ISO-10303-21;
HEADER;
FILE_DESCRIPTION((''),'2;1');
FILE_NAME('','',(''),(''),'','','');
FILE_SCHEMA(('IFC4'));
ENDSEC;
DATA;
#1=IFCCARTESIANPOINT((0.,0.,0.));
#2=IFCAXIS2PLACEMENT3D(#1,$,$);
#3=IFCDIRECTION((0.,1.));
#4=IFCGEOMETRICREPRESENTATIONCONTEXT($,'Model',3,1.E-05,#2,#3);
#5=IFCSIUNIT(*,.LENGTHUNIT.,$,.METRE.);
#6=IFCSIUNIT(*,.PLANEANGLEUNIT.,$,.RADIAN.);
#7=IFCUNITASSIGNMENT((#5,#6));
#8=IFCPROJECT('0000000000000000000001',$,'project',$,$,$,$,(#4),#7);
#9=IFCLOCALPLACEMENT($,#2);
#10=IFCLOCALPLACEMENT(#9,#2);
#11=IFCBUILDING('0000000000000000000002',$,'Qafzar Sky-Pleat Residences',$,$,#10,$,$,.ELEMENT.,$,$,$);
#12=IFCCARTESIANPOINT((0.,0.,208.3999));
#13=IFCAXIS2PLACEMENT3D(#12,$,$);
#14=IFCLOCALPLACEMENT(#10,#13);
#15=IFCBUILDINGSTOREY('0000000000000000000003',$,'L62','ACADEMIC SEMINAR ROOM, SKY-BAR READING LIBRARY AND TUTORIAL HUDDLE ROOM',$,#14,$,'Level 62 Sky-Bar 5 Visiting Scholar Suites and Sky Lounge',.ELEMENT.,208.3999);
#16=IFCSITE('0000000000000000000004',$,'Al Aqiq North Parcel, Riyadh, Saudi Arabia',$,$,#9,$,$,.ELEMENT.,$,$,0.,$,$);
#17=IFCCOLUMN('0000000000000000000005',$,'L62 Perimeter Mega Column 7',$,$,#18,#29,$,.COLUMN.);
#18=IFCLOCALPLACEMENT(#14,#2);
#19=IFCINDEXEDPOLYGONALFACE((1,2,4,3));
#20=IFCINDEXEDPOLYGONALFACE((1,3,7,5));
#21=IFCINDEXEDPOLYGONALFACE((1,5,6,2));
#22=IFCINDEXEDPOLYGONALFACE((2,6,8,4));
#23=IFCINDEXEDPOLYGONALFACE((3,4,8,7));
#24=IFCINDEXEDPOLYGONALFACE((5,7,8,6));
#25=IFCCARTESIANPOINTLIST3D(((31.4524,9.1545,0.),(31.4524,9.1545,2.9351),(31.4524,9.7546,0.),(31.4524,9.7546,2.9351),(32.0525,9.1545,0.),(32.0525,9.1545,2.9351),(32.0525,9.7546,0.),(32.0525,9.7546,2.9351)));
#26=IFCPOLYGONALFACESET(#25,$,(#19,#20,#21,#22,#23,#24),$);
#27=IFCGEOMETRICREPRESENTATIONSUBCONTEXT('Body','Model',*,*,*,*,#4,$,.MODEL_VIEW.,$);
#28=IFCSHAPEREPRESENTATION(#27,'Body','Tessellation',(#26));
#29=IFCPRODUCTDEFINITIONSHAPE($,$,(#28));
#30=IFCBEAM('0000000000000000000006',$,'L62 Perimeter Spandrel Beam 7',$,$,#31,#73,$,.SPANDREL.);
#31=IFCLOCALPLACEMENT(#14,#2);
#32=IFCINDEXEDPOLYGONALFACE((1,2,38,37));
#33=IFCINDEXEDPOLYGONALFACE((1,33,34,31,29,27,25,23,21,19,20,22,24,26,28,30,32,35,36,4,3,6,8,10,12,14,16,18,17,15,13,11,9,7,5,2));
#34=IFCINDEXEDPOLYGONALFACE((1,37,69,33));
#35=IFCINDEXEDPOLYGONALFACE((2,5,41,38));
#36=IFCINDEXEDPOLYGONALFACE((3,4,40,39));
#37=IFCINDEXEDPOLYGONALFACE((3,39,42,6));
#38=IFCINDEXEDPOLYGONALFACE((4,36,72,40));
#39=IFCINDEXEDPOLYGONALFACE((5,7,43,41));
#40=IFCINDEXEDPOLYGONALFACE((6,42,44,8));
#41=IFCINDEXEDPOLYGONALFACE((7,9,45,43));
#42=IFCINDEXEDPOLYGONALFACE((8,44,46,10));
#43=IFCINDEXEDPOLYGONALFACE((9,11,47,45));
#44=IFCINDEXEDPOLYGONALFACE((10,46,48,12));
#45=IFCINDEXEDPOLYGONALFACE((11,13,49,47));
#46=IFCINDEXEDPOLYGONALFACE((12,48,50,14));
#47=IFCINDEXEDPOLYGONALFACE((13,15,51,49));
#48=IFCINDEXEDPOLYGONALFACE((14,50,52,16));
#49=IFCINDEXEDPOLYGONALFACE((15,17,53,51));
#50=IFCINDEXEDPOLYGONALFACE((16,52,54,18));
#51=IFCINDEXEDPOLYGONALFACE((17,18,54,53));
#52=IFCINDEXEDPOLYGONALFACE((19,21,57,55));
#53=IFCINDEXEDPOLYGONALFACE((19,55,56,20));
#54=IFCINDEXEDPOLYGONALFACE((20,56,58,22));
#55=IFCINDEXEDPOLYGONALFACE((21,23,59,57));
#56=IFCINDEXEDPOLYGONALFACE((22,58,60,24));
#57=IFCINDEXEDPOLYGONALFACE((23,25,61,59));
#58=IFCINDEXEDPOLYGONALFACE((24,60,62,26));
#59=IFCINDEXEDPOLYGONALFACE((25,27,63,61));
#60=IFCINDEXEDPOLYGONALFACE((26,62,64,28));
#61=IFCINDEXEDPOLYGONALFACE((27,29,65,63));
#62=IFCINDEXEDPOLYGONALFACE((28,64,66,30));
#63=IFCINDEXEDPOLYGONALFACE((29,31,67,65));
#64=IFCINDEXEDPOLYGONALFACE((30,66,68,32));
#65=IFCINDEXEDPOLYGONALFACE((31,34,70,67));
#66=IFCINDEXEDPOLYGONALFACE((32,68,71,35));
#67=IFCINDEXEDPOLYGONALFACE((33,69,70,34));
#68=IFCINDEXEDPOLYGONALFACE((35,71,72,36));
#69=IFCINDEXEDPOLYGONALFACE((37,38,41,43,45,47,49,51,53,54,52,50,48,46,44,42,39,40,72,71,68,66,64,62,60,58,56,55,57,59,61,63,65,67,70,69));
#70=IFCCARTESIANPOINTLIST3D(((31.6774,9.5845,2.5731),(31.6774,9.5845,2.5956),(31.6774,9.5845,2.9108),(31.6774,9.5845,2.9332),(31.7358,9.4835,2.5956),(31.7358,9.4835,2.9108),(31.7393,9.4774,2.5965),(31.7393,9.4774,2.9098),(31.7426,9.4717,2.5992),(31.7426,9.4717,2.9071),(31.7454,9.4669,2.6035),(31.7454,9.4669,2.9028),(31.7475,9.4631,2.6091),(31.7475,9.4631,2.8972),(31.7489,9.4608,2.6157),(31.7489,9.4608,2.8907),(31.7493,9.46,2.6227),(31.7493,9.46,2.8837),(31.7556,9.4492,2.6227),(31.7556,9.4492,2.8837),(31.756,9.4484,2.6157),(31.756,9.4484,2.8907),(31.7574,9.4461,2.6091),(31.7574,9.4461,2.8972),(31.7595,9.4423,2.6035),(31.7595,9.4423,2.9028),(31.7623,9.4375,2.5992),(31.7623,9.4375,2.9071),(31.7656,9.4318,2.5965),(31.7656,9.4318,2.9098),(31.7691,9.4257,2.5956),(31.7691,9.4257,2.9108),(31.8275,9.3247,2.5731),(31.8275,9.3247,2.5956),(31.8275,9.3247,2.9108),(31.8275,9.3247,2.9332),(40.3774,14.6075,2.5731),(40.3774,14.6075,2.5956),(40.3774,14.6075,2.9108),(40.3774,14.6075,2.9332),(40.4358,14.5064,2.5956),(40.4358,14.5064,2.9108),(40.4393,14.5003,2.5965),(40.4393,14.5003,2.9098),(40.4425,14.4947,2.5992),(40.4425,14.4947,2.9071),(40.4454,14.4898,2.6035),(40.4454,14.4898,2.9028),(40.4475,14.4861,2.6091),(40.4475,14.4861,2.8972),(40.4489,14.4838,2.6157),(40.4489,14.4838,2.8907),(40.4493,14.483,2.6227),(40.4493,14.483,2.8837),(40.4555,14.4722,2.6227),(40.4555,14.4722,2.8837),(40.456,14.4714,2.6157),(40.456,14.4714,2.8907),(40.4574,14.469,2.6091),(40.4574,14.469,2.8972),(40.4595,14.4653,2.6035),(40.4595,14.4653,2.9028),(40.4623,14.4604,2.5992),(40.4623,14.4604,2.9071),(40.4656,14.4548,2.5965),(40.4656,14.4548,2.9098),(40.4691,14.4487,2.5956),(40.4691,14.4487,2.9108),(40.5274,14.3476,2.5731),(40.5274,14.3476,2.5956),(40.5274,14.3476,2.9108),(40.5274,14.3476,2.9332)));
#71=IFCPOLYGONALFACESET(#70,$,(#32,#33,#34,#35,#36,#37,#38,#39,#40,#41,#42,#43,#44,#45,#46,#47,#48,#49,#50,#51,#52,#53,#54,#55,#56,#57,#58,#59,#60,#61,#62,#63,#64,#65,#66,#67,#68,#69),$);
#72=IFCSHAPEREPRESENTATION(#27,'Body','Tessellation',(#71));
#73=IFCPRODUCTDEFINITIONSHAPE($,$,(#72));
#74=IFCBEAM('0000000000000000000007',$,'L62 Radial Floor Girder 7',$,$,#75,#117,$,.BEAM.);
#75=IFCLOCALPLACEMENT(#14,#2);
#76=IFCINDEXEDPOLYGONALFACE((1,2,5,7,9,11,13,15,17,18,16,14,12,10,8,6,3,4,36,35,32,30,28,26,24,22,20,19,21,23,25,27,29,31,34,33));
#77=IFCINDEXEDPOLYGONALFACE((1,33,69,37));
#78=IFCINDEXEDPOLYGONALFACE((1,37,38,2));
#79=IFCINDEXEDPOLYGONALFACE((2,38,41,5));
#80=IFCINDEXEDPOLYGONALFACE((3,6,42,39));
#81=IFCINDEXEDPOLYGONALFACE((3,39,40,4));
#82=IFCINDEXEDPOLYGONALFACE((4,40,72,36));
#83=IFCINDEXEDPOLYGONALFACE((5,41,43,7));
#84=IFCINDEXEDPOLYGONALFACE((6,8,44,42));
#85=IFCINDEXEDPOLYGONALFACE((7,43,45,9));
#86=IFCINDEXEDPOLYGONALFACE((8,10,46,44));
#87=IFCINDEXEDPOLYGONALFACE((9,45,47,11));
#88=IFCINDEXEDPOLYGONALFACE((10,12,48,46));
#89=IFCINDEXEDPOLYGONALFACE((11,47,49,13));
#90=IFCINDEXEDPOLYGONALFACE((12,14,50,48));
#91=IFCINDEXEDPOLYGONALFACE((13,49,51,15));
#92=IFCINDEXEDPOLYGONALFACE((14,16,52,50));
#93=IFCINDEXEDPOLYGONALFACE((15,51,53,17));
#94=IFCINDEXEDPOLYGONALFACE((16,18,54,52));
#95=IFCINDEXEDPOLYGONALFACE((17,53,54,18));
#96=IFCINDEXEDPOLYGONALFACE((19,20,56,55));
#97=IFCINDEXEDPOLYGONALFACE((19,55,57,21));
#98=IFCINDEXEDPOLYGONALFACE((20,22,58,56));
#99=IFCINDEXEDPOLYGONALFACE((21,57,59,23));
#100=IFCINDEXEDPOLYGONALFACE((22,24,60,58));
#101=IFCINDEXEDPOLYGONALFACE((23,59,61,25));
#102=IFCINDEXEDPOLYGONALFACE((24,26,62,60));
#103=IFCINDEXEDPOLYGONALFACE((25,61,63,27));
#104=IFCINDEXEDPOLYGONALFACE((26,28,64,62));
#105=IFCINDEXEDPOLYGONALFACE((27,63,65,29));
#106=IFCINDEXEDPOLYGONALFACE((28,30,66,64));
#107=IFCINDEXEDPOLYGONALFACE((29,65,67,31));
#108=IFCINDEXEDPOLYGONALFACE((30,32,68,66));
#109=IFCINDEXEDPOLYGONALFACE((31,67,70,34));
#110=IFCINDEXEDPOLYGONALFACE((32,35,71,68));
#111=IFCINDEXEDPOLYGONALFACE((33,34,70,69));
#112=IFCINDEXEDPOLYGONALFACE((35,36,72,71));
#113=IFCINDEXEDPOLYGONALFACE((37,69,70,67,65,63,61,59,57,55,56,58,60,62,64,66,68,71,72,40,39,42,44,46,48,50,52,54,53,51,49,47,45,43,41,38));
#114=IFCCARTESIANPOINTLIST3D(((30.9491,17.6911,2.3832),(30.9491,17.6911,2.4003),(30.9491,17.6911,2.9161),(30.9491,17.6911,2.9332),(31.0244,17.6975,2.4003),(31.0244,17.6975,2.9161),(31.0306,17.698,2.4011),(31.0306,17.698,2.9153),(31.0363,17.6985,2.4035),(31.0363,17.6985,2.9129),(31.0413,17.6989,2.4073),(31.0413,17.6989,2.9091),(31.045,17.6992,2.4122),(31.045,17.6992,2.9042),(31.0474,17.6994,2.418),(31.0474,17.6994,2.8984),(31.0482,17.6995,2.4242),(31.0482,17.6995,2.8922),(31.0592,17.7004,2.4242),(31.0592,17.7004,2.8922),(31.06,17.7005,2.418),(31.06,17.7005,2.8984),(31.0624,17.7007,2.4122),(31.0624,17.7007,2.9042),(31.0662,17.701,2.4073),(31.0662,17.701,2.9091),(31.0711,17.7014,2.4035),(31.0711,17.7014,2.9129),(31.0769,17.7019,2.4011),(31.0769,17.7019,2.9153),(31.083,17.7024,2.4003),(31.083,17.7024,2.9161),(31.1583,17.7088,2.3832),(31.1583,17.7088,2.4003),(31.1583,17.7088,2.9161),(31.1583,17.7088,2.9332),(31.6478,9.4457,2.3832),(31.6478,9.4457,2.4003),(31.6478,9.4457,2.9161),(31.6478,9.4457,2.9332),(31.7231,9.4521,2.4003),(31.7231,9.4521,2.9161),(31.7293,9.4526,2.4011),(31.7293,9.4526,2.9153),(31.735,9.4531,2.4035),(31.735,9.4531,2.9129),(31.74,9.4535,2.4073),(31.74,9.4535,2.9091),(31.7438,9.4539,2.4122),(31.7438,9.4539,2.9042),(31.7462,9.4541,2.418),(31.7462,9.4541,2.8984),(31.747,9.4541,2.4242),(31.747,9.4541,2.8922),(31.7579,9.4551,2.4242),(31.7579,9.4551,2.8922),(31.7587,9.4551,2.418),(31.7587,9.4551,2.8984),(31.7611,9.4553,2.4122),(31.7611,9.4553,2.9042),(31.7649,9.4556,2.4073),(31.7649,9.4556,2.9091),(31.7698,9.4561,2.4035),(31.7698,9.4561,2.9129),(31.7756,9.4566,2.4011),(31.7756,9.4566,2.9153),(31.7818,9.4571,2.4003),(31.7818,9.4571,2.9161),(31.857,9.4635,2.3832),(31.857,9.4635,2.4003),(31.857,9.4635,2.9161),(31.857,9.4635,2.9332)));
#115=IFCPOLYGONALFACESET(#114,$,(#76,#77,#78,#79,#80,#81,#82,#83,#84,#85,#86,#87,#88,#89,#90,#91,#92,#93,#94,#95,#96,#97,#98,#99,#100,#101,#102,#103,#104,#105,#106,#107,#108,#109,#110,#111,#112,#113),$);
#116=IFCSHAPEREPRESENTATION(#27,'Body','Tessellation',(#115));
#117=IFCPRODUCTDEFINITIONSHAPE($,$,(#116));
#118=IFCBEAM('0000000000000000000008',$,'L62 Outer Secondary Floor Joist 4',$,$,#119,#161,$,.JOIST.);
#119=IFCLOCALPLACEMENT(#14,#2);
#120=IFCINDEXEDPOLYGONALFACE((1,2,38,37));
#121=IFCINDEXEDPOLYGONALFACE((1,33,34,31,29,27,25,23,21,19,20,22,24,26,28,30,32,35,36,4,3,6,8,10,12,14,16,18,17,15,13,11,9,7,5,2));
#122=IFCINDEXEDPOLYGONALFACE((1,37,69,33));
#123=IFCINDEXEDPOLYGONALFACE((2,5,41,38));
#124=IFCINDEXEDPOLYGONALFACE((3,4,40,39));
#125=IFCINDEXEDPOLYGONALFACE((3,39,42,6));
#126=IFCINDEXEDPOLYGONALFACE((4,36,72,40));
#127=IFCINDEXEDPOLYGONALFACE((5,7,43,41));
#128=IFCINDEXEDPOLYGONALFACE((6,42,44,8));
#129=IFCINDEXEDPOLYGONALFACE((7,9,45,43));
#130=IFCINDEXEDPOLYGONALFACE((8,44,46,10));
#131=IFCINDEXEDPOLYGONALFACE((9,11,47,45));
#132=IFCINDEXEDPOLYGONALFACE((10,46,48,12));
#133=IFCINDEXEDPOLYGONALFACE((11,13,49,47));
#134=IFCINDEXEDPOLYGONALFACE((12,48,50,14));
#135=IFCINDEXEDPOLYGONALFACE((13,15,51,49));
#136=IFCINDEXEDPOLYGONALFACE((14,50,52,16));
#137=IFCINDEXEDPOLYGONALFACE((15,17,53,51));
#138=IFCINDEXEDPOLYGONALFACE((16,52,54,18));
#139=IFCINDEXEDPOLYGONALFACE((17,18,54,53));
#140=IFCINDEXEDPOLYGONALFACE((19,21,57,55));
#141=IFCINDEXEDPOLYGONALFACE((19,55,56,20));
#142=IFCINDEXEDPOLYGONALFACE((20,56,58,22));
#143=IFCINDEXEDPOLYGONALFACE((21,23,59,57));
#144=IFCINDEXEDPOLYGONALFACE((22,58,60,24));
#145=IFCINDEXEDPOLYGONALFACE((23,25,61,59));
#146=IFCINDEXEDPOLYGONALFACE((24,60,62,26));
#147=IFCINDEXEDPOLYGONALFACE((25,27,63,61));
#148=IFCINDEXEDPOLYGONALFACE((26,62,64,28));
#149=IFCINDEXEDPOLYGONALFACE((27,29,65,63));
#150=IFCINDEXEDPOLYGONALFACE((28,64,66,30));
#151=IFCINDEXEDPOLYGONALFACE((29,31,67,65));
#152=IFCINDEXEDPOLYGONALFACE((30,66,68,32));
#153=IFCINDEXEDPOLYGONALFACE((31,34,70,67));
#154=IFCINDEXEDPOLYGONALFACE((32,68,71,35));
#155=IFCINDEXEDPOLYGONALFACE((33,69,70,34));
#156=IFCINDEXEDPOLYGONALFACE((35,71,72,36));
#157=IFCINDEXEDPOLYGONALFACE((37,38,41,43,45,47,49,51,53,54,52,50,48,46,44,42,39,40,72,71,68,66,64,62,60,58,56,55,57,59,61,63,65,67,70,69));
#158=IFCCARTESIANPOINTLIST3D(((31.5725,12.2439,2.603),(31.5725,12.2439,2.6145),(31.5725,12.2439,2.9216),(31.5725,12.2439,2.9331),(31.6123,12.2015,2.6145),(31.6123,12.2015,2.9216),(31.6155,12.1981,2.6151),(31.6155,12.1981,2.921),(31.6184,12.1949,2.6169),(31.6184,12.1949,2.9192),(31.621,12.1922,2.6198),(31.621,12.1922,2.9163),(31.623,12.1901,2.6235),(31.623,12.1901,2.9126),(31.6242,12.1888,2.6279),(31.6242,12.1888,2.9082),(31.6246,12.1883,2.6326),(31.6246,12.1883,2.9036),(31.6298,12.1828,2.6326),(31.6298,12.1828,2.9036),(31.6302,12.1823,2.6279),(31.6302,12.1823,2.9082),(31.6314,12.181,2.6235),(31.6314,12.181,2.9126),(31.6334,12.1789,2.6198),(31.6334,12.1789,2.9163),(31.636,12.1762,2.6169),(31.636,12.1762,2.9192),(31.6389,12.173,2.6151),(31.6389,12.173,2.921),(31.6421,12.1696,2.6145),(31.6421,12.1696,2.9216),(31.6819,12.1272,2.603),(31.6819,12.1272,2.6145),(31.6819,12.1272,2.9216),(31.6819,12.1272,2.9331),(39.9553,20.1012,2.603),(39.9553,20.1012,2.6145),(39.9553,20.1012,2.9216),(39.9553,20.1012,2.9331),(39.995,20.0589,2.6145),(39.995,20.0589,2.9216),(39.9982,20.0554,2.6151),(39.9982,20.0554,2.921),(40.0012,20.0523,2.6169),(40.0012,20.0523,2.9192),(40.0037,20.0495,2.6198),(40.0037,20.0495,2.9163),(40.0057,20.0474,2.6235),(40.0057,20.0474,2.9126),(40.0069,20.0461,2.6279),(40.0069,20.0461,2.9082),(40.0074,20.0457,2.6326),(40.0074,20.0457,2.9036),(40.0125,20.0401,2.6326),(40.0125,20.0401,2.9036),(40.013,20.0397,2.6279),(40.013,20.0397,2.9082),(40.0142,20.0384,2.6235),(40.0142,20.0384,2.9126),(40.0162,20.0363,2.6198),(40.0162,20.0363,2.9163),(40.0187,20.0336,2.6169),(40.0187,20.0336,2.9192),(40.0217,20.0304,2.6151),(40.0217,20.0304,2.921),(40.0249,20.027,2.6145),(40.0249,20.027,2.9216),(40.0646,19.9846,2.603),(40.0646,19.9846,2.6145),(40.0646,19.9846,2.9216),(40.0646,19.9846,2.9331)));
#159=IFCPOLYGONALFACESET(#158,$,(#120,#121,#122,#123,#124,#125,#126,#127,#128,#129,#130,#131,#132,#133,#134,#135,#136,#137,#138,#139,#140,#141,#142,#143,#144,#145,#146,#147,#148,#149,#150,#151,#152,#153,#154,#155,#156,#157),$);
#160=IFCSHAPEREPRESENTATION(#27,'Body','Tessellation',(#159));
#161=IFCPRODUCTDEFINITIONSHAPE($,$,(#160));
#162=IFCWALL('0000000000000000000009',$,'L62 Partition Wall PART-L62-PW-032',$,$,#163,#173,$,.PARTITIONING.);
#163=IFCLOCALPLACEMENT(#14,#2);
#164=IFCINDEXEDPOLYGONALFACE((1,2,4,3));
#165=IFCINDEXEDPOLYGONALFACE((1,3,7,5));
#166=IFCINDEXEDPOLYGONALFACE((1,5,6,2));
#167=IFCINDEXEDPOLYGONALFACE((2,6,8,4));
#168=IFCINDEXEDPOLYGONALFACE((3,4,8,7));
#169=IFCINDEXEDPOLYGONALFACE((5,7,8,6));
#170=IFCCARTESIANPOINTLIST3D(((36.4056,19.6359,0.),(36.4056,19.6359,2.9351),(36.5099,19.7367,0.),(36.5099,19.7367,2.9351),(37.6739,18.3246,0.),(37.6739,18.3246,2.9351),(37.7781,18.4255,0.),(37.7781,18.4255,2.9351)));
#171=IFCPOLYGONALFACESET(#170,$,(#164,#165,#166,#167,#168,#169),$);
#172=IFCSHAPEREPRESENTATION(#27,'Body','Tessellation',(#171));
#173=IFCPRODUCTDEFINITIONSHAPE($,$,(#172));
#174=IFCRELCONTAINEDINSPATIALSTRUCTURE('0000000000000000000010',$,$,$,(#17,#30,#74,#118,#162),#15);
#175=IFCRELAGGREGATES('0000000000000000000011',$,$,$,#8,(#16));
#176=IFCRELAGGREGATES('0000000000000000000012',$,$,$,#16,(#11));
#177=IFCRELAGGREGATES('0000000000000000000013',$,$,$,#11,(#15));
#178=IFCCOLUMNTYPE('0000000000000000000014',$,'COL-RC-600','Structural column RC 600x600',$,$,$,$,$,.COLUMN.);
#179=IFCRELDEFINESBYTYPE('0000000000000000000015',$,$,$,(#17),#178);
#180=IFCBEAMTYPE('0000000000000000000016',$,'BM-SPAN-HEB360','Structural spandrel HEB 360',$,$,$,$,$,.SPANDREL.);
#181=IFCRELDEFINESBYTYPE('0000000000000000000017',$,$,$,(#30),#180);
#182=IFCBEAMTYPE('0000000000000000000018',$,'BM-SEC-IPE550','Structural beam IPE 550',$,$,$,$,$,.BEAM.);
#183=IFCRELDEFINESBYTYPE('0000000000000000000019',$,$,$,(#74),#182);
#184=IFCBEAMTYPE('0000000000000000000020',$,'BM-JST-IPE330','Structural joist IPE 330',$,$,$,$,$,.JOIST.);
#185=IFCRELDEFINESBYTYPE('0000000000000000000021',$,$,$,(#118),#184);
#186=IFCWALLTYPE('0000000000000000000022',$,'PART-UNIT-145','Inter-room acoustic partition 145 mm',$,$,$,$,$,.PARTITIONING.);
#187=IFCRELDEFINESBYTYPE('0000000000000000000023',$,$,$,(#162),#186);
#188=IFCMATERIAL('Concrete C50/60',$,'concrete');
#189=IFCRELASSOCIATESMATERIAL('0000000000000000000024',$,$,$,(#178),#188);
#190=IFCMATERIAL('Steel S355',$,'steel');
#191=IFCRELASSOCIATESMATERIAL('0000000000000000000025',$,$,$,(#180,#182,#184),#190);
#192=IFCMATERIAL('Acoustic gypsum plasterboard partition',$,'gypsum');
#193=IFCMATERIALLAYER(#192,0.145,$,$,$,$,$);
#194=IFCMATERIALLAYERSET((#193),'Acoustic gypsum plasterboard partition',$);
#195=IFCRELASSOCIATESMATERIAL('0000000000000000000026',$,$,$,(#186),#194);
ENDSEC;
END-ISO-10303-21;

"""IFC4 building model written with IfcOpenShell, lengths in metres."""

from ifc_helpers import new_model, si_unit, direction, frame, frame_2d, origin, origin_2d, place, context, subcontext, project, spatial, rectangle, i_section, extrude, source, transform, mapped, material, layer, layer_set, material_profile, profile_set, type_object, element, save


model = new_model("IFC4")

# Units and contexts
model_context = context("Model", 3, precision=1e-05, world=origin(), true_north=direction((0.0, 1.0)))
body_context = subcontext(model_context, "Body", "Model", "MODEL_VIEW")
ifc_project = project(units=[si_unit("LENGTHUNIT", "METRE"), si_unit("PLANEANGLEUNIT", "RADIAN")], contexts=[model_context])

# Site, building, storey
site_placement = place(None, origin())
site = spatial("IfcSite", under=ifc_project, at=site_placement, Name="Al Aqiq North Parcel, Riyadh, Saudi Arabia", CompositionType="ELEMENT", RefElevation=0.0)
building_placement = place(site_placement, origin())
building = spatial("IfcBuilding", under=site, at=building_placement, Name="Qafzar Sky-Pleat Residences", CompositionType="ELEMENT")
storey_placement = place(building_placement, frame((0.0, 0.0, 208.3999)))
storey = spatial("IfcBuildingStorey", under=building, at=storey_placement, Name="L62", Description="ACADEMIC SEMINAR ROOM, SKY-BAR READING LIBRARY AND TUTORIAL HUDDLE ROOM", LongName="Level 62 Sky-Bar 5 Visiting Scholar Suites and Sky Lounge", CompositionType="ELEMENT", Elevation=208.3999)

# Column
ifc_material_1 = material(Name="Concrete C50/60", Category="concrete")
ifc_material_profile_1 = material_profile(ifc_material_1, rectangle(XDim=0.6001, YDim=0.6001, at=origin_2d()), Name="RC 600x600")
ifc_profile_set_1 = profile_set([ifc_material_profile_1], Name="Concrete C50/60")
column_type = type_object("IfcColumnType", Name="COL-RC-600", Description="Structural column RC 600x600", PredefinedType="COLUMN", material=ifc_profile_set_1)
shared_shape_1 = source(origin(), body_context, "Body", "SweptSolid", [
    extrude(rectangle(XDim=0.6001, YDim=0.6001, at=origin_2d()), origin(), (0.0, 0.0, 1.0), 2.9351),
])
column_placement = place(storey_placement, frame((31.7524, 9.4546, 0.0), z_axis=(0.0, 0.0, 1.0), x_axis=(1.0, 0.0, 0.0)))
element("IfcColumn", 1, at=column_placement, inside=storey, type_object=column_type, Name="L62 Perimeter Mega Column 7", PredefinedType="COLUMN", context=body_context, shape_type="MappedRepresentation", body=[
    mapped(shared_shape_1, transform((0.0, 0.0, 0.0), x_axis=(1.0, 0.0, 0.0), y_axis=(0.0, 1.0, 0.0), z_axis=(0.0, 0.0, 1.0), scale=1.0)),
])

# Beams
ifc_material_2 = material(Name="Steel S355", Category="steel")
ifc_material_profile_2 = material_profile(ifc_material_2, i_section(OverallWidth=0.3, OverallDepth=0.3601, WebThickness=0.0125, FlangeThickness=0.0225, FilletRadius=0.0271, at=origin_2d()), Name="HEB 360")
ifc_profile_set_2 = profile_set([ifc_material_profile_2], Name="Steel S355")
beam_type_1 = type_object("IfcBeamType", Name="BM-SPAN-HEB360", Description="Structural spandrel HEB 360", PredefinedType="SPANDREL", material=ifc_profile_set_2)
shared_shape_2 = source(origin(), body_context, "Body", "SweptSolid", [
    extrude(i_section(OverallWidth=0.3, OverallDepth=0.3601, WebThickness=0.0125, FlangeThickness=0.0225, FilletRadius=0.0271, at=origin_2d()), origin(), (0.0, 0.0, 1.0), 10.0459),
])
beam_1_placement = place(storey_placement, frame((31.7524, 9.4546, 2.7532), z_axis=(0.866024, 0.500002, 0.0), x_axis=(-0.500002, 0.866024, 0.0)))
element("IfcBeam", 2, at=beam_1_placement, inside=storey, type_object=beam_type_1, Name="L62 Perimeter Spandrel Beam 7", PredefinedType="SPANDREL", context=body_context, shape_type="MappedRepresentation", body=[
    mapped(shared_shape_2, transform((0.0, 0.0, 0.0), x_axis=(1.0, 0.0, 0.0), y_axis=(0.0, 1.0, 0.0), z_axis=(0.0, 0.0, 1.0), scale=1.0)),
])
ifc_material_profile_3 = material_profile(ifc_material_2, i_section(OverallWidth=0.21, OverallDepth=0.55, WebThickness=0.011, FlangeThickness=0.0171, FilletRadius=0.0239, at=origin_2d()), Name="IPE 550")
ifc_profile_set_3 = profile_set([ifc_material_profile_3], Name="Steel S355")
beam_type_2 = type_object("IfcBeamType", Name="BM-SEC-IPE550", Description="Structural beam IPE 550", PredefinedType="BEAM", material=ifc_profile_set_3)
shared_shape_3 = source(origin(), body_context, "Body", "SweptSolid", [
    extrude(i_section(OverallWidth=0.21, OverallDepth=0.55, WebThickness=0.011, FlangeThickness=0.0171, FilletRadius=0.0239, at=origin_2d()), origin(), (0.0, 0.0, 1.0), 8.2749),
])
beam_2_placement = place(storey_placement, frame((31.7524, 9.4546, 2.6582), z_axis=(-0.08444, 0.996429, 0.0), x_axis=(-0.996429, -0.08444, 0.0)))
element("IfcBeam", 3, at=beam_2_placement, inside=storey, type_object=beam_type_2, Name="L62 Radial Floor Girder 7", PredefinedType="BEAM", context=body_context, shape_type="MappedRepresentation", body=[
    mapped(shared_shape_3, transform((0.0, 0.0, 0.0), x_axis=(1.0, 0.0, 0.0), y_axis=(0.0, 1.0, 0.0), z_axis=(0.0, 0.0, 1.0), scale=1.0)),
])
ifc_material_profile_4 = material_profile(ifc_material_2, i_section(OverallWidth=0.1599, OverallDepth=0.3301, WebThickness=0.0076, FlangeThickness=0.0115, FilletRadius=0.0181, at=origin_2d()), Name="IPE 330")
ifc_profile_set_4 = profile_set([ifc_material_profile_4], Name="Steel S355")
beam_type_3 = type_object("IfcBeamType", Name="BM-JST-IPE330", Description="Structural joist IPE 330", PredefinedType="JOIST", material=ifc_profile_set_4)
shared_shape_4 = source(origin(), body_context, "Body", "SweptSolid", [
    extrude(i_section(OverallWidth=0.1599, OverallDepth=0.3301, WebThickness=0.0076, FlangeThickness=0.0115, FilletRadius=0.0181, at=origin_2d()), origin(), (0.0, 0.0, 1.0), 11.4895),
])
beam_3_placement = place(storey_placement, frame((31.6272, 12.1855, 2.7681), z_axis=(0.729601, 0.683873, 0.0), x_axis=(-0.683873, 0.729601, 0.0)))
element("IfcBeam", 4, at=beam_3_placement, inside=storey, type_object=beam_type_3, Name="L62 Outer Secondary Floor Joist 4", PredefinedType="JOIST", context=body_context, shape_type="MappedRepresentation", body=[
    mapped(shared_shape_4, transform((0.0, 0.0, 0.0), x_axis=(1.0, 0.0, 0.0), y_axis=(0.0, 1.0, 0.0), z_axis=(0.0, 0.0, 1.0), scale=1.0)),
])

# Wall
ifc_material_3 = material(Name="Acoustic gypsum plasterboard partition", Category="gypsum")
ifc_layer_1 = layer(ifc_material_3, 0.145)
ifc_layer_set_1 = layer_set([ifc_layer_1], Name="Acoustic gypsum plasterboard partition")
wall_type_1 = type_object("IfcWallType", Name="PART-UNIT-145", Description="Inter-room acoustic partition 145 mm", PredefinedType="PARTITIONING", material=ifc_layer_set_1)
wall_1_placement = place(storey_placement, frame((36.4578, 19.6863, 0.0), z_axis=(0.0, 0.0, 1.0), x_axis=(0.695232, -0.718785, 0.0)))
element("IfcWall", 5, at=wall_1_placement, inside=storey, type_object=wall_type_1, Name="L62 Partition Wall PART-L62-PW-032", PredefinedType="PARTITIONING", context=body_context, shape_type="SweptSolid", body=[
    extrude(rectangle(XDim=1.8242, YDim=0.145, at=frame_2d((0.9121, 0.0))), origin(), (0.0, 0.0, 1.0), 2.9351),
])

save(model, "model.ifc")
